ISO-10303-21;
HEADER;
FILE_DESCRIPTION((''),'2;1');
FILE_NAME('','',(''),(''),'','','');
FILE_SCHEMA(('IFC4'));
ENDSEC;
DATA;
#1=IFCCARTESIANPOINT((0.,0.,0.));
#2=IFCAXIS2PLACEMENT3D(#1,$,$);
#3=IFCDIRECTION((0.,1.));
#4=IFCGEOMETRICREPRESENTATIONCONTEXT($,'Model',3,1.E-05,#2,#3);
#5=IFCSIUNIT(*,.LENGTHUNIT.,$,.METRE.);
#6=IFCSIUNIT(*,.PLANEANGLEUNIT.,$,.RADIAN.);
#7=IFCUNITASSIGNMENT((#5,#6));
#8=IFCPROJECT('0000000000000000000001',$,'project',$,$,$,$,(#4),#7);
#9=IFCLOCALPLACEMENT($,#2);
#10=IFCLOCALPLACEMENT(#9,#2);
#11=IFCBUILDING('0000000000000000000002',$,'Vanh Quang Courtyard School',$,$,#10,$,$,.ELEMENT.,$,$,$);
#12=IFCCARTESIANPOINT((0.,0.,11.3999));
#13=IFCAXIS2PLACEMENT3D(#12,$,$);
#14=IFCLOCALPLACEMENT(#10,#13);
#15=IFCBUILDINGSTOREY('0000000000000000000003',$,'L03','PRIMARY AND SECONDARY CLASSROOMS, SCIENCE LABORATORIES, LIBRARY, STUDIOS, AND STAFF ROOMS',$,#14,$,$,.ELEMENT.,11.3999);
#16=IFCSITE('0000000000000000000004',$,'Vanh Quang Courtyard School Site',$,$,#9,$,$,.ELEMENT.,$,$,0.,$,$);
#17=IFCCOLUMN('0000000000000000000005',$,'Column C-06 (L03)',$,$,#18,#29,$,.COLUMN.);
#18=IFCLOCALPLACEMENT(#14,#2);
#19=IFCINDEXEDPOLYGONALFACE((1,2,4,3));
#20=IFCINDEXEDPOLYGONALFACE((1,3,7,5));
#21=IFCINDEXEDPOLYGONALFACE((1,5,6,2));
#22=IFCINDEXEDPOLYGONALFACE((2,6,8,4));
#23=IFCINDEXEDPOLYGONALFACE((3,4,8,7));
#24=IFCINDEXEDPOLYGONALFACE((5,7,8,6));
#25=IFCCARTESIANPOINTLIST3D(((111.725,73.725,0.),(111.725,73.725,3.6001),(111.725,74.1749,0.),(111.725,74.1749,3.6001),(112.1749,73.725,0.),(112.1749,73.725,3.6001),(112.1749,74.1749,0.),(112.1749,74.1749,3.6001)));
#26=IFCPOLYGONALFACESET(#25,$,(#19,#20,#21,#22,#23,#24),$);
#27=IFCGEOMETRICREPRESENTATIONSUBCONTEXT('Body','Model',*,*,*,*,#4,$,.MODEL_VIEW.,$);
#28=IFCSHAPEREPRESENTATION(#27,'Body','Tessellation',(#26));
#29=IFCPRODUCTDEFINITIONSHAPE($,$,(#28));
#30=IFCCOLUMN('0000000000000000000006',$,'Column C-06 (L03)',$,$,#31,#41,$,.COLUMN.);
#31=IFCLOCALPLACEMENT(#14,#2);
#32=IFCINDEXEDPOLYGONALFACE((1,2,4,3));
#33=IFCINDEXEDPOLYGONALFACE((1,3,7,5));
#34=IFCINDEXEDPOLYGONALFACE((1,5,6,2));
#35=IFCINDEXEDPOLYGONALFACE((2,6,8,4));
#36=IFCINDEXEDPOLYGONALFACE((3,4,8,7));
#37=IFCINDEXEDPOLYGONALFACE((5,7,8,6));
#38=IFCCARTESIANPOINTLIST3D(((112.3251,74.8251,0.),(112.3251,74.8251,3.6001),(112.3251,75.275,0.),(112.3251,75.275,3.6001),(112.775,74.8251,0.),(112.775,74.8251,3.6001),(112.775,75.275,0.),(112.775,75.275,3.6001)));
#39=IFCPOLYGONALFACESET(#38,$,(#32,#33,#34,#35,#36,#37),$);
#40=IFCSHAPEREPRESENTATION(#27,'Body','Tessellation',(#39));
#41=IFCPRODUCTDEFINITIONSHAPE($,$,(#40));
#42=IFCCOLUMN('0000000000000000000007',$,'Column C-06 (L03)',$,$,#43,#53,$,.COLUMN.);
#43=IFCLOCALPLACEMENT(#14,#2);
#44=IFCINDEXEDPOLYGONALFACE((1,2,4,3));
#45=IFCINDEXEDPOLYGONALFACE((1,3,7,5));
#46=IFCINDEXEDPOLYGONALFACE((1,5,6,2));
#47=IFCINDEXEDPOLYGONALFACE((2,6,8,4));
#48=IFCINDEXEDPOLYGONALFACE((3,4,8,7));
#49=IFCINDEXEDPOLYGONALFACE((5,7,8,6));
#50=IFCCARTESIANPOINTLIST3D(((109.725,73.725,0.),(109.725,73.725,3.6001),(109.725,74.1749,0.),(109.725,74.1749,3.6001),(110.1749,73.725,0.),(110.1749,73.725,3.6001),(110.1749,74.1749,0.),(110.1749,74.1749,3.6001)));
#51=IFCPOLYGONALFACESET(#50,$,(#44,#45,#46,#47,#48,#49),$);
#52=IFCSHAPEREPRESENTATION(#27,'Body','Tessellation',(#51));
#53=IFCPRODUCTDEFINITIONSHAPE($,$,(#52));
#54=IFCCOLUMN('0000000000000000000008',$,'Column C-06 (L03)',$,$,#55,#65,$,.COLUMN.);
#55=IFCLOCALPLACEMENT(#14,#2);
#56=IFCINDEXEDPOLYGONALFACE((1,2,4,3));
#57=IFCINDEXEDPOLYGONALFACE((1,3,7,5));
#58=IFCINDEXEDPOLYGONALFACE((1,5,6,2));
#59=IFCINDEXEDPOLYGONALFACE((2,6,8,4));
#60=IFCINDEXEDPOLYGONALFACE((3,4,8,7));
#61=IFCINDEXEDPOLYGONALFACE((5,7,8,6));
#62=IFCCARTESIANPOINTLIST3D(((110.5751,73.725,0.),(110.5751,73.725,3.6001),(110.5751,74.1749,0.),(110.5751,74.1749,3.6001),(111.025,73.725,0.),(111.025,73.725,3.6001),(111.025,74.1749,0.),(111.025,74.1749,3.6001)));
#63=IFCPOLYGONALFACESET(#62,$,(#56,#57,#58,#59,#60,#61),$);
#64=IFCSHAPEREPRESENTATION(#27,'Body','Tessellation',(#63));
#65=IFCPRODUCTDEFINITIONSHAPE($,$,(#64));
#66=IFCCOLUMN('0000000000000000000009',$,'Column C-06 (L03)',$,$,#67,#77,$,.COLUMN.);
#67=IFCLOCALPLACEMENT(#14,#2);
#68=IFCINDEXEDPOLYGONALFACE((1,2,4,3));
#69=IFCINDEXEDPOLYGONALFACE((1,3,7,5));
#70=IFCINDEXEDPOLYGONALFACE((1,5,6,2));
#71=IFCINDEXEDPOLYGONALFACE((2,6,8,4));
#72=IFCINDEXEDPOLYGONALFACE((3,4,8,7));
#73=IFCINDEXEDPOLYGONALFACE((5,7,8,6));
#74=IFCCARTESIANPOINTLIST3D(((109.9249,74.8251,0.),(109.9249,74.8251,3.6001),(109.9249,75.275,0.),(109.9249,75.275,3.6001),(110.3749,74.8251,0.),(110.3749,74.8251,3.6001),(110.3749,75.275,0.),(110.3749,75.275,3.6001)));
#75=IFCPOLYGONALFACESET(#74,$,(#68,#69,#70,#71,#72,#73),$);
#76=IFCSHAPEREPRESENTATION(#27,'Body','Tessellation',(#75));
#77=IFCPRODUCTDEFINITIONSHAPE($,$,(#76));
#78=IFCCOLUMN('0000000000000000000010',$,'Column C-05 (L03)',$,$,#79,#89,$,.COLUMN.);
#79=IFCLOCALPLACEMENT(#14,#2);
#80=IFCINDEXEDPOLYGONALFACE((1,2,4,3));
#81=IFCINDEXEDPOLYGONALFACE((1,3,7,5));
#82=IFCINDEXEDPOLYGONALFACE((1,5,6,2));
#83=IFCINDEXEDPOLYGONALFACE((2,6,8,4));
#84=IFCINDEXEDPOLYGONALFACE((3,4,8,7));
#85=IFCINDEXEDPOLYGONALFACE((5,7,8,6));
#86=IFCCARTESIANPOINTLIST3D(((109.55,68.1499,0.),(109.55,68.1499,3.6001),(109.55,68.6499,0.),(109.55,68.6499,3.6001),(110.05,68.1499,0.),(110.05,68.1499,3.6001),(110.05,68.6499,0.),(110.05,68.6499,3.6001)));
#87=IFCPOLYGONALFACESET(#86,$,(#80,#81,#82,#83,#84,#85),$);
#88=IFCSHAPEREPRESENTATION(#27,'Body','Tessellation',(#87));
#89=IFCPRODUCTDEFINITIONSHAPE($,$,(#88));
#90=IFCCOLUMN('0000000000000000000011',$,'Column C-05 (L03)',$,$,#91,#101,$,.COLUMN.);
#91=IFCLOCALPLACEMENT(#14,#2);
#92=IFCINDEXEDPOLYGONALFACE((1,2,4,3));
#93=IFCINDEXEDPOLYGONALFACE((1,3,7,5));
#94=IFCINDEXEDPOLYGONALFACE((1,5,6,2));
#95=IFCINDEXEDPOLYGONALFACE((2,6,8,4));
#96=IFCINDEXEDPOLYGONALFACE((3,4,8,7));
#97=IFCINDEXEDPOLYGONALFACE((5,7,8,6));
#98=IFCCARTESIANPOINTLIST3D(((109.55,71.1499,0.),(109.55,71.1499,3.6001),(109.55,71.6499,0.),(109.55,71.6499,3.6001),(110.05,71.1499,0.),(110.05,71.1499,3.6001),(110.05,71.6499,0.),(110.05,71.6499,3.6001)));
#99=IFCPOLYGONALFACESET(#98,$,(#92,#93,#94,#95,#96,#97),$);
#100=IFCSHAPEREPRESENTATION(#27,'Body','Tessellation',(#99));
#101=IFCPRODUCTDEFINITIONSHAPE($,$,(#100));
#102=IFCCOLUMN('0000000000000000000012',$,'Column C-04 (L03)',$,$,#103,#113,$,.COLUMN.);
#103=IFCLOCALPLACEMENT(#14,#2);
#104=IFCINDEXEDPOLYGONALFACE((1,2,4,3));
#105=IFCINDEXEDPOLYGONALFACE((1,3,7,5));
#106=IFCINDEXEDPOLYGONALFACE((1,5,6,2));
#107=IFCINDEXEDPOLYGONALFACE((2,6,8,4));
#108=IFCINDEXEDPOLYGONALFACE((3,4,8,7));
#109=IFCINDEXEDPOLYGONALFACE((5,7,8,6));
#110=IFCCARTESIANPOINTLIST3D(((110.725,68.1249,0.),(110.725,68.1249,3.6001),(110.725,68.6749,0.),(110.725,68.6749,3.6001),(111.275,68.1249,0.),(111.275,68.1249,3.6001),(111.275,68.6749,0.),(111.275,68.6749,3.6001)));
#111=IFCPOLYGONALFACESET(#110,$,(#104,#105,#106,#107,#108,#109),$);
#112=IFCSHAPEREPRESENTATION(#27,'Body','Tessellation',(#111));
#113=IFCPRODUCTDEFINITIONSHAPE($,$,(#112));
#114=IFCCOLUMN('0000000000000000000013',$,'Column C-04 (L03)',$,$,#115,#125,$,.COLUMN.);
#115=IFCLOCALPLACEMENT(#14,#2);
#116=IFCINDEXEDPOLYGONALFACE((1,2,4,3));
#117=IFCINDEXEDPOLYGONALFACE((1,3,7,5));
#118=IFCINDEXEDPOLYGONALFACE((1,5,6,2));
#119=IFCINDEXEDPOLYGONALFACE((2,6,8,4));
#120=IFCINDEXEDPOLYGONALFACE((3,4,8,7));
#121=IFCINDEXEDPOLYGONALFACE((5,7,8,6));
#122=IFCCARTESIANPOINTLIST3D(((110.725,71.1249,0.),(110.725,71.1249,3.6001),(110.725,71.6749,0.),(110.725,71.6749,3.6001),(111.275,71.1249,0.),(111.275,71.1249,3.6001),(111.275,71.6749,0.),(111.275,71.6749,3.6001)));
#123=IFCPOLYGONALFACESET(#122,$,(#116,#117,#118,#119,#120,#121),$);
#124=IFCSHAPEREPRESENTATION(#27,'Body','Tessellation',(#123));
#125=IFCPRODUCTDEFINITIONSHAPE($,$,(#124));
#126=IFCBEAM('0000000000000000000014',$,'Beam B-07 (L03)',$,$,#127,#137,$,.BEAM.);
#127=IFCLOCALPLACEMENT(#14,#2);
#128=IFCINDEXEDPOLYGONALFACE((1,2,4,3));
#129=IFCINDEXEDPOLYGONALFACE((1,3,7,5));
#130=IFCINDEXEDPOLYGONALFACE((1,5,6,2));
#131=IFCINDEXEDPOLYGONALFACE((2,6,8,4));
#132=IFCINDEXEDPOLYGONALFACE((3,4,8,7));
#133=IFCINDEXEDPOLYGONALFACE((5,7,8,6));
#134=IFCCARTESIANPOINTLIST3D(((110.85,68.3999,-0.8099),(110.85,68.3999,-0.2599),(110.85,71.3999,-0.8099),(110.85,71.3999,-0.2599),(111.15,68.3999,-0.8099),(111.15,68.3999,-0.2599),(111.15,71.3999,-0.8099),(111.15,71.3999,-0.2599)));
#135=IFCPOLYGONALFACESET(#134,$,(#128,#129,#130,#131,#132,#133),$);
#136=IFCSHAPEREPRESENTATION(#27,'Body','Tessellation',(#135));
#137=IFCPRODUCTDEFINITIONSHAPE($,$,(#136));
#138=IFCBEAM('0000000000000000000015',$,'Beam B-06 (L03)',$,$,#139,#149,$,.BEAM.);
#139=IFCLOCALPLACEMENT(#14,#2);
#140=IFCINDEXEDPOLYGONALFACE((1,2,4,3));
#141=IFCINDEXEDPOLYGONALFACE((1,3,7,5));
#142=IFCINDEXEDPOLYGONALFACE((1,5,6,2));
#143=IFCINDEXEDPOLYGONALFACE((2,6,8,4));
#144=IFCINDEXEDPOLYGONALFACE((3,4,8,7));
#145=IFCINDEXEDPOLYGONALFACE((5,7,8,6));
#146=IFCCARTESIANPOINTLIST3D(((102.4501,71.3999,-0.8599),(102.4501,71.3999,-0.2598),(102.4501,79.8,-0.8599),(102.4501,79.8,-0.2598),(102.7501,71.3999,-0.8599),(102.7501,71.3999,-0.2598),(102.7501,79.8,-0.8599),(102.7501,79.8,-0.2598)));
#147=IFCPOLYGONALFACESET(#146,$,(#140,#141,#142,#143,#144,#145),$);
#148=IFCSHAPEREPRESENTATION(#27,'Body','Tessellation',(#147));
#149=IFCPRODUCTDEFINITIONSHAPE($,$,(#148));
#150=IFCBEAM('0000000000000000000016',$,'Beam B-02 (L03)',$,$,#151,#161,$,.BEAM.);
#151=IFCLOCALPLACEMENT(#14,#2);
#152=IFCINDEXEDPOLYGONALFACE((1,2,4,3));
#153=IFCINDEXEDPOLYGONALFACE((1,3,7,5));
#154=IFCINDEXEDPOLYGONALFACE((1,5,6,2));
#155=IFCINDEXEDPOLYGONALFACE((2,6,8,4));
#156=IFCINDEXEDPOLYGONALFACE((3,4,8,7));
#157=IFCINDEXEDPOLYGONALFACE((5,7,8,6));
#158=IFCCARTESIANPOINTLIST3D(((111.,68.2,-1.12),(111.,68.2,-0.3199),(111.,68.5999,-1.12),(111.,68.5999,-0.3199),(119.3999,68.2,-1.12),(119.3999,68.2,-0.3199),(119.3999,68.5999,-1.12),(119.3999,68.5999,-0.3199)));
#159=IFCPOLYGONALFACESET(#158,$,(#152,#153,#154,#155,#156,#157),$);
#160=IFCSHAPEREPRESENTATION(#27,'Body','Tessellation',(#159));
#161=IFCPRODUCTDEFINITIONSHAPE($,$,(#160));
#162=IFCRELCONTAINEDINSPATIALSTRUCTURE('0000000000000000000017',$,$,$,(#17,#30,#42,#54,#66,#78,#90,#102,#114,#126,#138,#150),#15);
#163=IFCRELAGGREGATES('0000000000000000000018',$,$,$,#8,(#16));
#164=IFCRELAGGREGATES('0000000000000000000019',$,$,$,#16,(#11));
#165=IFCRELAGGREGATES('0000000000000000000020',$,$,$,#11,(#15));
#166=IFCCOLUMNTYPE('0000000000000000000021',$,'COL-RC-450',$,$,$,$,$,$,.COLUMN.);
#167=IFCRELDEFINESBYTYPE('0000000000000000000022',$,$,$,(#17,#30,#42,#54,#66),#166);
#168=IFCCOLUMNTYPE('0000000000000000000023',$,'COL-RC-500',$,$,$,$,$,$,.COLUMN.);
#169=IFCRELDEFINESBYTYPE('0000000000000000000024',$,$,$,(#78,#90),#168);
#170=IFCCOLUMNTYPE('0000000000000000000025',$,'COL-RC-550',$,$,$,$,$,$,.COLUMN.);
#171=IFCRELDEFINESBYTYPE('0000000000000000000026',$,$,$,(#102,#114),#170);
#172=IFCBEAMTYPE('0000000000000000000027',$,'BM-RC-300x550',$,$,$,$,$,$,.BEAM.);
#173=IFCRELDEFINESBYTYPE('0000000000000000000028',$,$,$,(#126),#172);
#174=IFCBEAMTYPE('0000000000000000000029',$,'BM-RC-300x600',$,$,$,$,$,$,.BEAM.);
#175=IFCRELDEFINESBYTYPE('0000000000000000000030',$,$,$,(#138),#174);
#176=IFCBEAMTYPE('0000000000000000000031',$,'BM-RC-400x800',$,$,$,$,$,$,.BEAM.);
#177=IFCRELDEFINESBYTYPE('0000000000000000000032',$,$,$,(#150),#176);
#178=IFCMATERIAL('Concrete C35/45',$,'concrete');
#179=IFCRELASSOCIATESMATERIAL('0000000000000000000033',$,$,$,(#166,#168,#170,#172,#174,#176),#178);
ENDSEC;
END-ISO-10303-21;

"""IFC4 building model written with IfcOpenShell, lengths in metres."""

from ifc_helpers import new_model, si_unit, direction, frame, origin, origin_2d, place, context, subcontext, project, spatial, rectangle, extrude, material, material_profile, profile_set, type_object, element, save


model = new_model("IFC4")

# Units and contexts
model_context = context("Model", 3, precision=1e-05, world=origin(), true_north=direction((0.0, 1.0)))
body_context = subcontext(model_context, "Body", "Model", "MODEL_VIEW")
ifc_project = project(units=[si_unit("LENGTHUNIT", "METRE"), si_unit("PLANEANGLEUNIT", "RADIAN")], contexts=[model_context])

# Site, building, storey
site_placement = place(None, origin())
site = spatial("IfcSite", under=ifc_project, at=site_placement, Name="Vanh Quang Courtyard School Site", CompositionType="ELEMENT", RefElevation=0.0)
building_placement = place(site_placement, origin())
building = spatial("IfcBuilding", under=site, at=building_placement, Name="Vanh Quang Courtyard School", CompositionType="ELEMENT")
storey_placement = place(building_placement, frame((0.0, 0.0, 11.3999)))
storey = spatial("IfcBuildingStorey", under=building, at=storey_placement, Name="L03", Description="PRIMARY AND SECONDARY CLASSROOMS, SCIENCE LABORATORIES, LIBRARY, STUDIOS, AND STAFF ROOMS", CompositionType="ELEMENT", Elevation=11.3999)

# Columns
ifc_material_1 = material(Name="Concrete C35/45", Category="concrete")
ifc_material_profile_1 = material_profile(ifc_material_1, rectangle(XDim=0.45, YDim=0.45, at=origin_2d()), Name="RC-COL 450x450")
ifc_profile_set_1 = profile_set([ifc_material_profile_1], Name="Concrete C35/45")
column_type_1 = type_object("IfcColumnType", Name="COL-RC-450", PredefinedType="COLUMN", material=ifc_profile_set_1)
for number, where, z_axis, x_axis, name in (
    (1, (111.95, 73.95, 0.0), (0.0, 0.0, 1.0), (1.0, 0.0, 0.0), "Column C-06 (L03)"),
    (2, (112.55, 75.05, 0.0), (0.0, 0.0, 1.0), (1.0, 0.0, 0.0), "Column C-06 (L03)"),
    (3, (109.95, 73.95, 0.0), (0.0, 0.0, 1.0), (1.0, 0.0, 0.0), "Column C-06 (L03)"),
    (4, (110.8, 73.95, 0.0), (0.0, 0.0, 1.0), (1.0, 0.0, 0.0), "Column C-06 (L03)"),
    (5, (110.1499, 75.05, 0.0), (0.0, 0.0, 1.0), (1.0, 0.0, 0.0), "Column C-06 (L03)"),
):
    element("IfcColumn", number, at=place(storey_placement, frame(where, z_axis=z_axis, x_axis=x_axis)), inside=storey, type_object=column_type_1, Name=name, PredefinedType="COLUMN", context=body_context, shape_type="SweptSolid", body=[
        extrude(rectangle(XDim=0.45, YDim=0.45, at=origin_2d()), origin(), (0.0, 0.0, 1.0), 3.6001),
    ])
ifc_material_profile_2 = material_profile(ifc_material_1, rectangle(XDim=0.5, YDim=0.5, at=origin_2d()), Name="RC-COL 500x500")
ifc_profile_set_2 = profile_set([ifc_material_profile_2], Name="Concrete C35/45")
column_type_2 = type_object("IfcColumnType", Name="COL-RC-500", PredefinedType="COLUMN", material=ifc_profile_set_2)
for number, where, z_axis, x_axis, name in (
    (6, (109.8, 68.3999, 0.0), (0.0, 0.0, 1.0), (1.0, 0.0, 0.0), "Column C-05 (L03)"),
    (7, (109.8, 71.3999, 0.0), (0.0, 0.0, 1.0), (1.0, 0.0, 0.0), "Column C-05 (L03)"),
):
    element("IfcColumn", number, at=place(storey_placement, frame(where, z_axis=z_axis, x_axis=x_axis)), inside=storey, type_object=column_type_2, Name=name, PredefinedType="COLUMN", context=body_context, shape_type="SweptSolid", body=[
        extrude(rectangle(XDim=0.5, YDim=0.5, at=origin_2d()), origin(), (0.0, 0.0, 1.0), 3.6001),
    ])
ifc_material_profile_3 = material_profile(ifc_material_1, rectangle(XDim=0.55, YDim=0.55, at=origin_2d()), Name="RC-COL 550x550")
ifc_profile_set_3 = profile_set([ifc_material_profile_3], Name="Concrete C35/45")
column_type_3 = type_object("IfcColumnType", Name="COL-RC-550", PredefinedType="COLUMN", material=ifc_profile_set_3)
for number, where, z_axis, x_axis, name in (
    (8, (111.0, 68.3999, 0.0), (0.0, 0.0, 1.0), (1.0, 0.0, 0.0), "Column C-04 (L03)"),
    (9, (111.0, 71.3999, 0.0), (0.0, 0.0, 1.0), (1.0, 0.0, 0.0), "Column C-04 (L03)"),
):
    element("IfcColumn", number, at=place(storey_placement, frame(where, z_axis=z_axis, x_axis=x_axis)), inside=storey, type_object=column_type_3, Name=name, PredefinedType="COLUMN", context=body_context, shape_type="SweptSolid", body=[
        extrude(rectangle(XDim=0.55, YDim=0.55, at=origin_2d()), origin(), (0.0, 0.0, 1.0), 3.6001),
    ])

# Beams
ifc_material_profile_4 = material_profile(ifc_material_1, rectangle(XDim=0.3, YDim=0.55, at=origin_2d()), Name="RC-BM 300x550")
ifc_profile_set_4 = profile_set([ifc_material_profile_4], Name="Concrete C35/45")
beam_type_1 = type_object("IfcBeamType", Name="BM-RC-300x550", PredefinedType="BEAM", material=ifc_profile_set_4)
beam_1_placement = place(storey_placement, frame((111.0, 68.3999, -0.5349), z_axis=(0.0, 1.0, 0.0), x_axis=(-1.0, 0.0, 0.0)))
element("IfcBeam", 10, at=beam_1_placement, inside=storey, type_object=beam_type_1, Name="Beam B-07 (L03)", PredefinedType="BEAM", context=body_context, shape_type="SweptSolid", body=[
    extrude(rectangle(XDim=0.3, YDim=0.55, at=origin_2d()), origin(), (0.0, 0.0, 1.0), 3.0),
])
ifc_material_profile_5 = material_profile(ifc_material_1, rectangle(XDim=0.3, YDim=0.6001, at=origin_2d()), Name="RC-BM 300x600")
ifc_profile_set_5 = profile_set([ifc_material_profile_5], Name="Concrete C35/45")
beam_type_2 = type_object("IfcBeamType", Name="BM-RC-300x600", PredefinedType="BEAM", material=ifc_profile_set_5)
beam_2_placement = place(storey_placement, frame((102.6001, 71.3999, -0.5598), z_axis=(0.0, 1.0, 0.0), x_axis=(-1.0, 0.0, 0.0)))
element("IfcBeam", 11, at=beam_2_placement, inside=storey, type_object=beam_type_2, Name="Beam B-06 (L03)", PredefinedType="BEAM", context=body_context, shape_type="SweptSolid", body=[
    extrude(rectangle(XDim=0.3, YDim=0.6001, at=origin_2d()), origin(), (0.0, 0.0, 1.0), 8.4001),
])
ifc_material_profile_6 = material_profile(ifc_material_1, rectangle(XDim=0.3999, YDim=0.8, at=origin_2d()), Name="RC-BM 400x800")
ifc_profile_set_6 = profile_set([ifc_material_profile_6], Name="Concrete C35/45")
beam_type_3 = type_object("IfcBeamType", Name="BM-RC-400x800", PredefinedType="BEAM", material=ifc_profile_set_6)
beam_3_placement = place(storey_placement, frame((111.0, 68.3999, -0.72), z_axis=(1.0, 0.0, 0.0), x_axis=(0.0, 1.0, 0.0)))
element("IfcBeam", 12, at=beam_3_placement, inside=storey, type_object=beam_type_3, Name="Beam B-02 (L03)", PredefinedType="BEAM", context=body_context, shape_type="SweptSolid", body=[
    extrude(rectangle(XDim=0.3999, YDim=0.8, at=origin_2d()), origin(), (0.0, 0.0, 1.0), 8.3999),
])

save(model, "model.ifc")
